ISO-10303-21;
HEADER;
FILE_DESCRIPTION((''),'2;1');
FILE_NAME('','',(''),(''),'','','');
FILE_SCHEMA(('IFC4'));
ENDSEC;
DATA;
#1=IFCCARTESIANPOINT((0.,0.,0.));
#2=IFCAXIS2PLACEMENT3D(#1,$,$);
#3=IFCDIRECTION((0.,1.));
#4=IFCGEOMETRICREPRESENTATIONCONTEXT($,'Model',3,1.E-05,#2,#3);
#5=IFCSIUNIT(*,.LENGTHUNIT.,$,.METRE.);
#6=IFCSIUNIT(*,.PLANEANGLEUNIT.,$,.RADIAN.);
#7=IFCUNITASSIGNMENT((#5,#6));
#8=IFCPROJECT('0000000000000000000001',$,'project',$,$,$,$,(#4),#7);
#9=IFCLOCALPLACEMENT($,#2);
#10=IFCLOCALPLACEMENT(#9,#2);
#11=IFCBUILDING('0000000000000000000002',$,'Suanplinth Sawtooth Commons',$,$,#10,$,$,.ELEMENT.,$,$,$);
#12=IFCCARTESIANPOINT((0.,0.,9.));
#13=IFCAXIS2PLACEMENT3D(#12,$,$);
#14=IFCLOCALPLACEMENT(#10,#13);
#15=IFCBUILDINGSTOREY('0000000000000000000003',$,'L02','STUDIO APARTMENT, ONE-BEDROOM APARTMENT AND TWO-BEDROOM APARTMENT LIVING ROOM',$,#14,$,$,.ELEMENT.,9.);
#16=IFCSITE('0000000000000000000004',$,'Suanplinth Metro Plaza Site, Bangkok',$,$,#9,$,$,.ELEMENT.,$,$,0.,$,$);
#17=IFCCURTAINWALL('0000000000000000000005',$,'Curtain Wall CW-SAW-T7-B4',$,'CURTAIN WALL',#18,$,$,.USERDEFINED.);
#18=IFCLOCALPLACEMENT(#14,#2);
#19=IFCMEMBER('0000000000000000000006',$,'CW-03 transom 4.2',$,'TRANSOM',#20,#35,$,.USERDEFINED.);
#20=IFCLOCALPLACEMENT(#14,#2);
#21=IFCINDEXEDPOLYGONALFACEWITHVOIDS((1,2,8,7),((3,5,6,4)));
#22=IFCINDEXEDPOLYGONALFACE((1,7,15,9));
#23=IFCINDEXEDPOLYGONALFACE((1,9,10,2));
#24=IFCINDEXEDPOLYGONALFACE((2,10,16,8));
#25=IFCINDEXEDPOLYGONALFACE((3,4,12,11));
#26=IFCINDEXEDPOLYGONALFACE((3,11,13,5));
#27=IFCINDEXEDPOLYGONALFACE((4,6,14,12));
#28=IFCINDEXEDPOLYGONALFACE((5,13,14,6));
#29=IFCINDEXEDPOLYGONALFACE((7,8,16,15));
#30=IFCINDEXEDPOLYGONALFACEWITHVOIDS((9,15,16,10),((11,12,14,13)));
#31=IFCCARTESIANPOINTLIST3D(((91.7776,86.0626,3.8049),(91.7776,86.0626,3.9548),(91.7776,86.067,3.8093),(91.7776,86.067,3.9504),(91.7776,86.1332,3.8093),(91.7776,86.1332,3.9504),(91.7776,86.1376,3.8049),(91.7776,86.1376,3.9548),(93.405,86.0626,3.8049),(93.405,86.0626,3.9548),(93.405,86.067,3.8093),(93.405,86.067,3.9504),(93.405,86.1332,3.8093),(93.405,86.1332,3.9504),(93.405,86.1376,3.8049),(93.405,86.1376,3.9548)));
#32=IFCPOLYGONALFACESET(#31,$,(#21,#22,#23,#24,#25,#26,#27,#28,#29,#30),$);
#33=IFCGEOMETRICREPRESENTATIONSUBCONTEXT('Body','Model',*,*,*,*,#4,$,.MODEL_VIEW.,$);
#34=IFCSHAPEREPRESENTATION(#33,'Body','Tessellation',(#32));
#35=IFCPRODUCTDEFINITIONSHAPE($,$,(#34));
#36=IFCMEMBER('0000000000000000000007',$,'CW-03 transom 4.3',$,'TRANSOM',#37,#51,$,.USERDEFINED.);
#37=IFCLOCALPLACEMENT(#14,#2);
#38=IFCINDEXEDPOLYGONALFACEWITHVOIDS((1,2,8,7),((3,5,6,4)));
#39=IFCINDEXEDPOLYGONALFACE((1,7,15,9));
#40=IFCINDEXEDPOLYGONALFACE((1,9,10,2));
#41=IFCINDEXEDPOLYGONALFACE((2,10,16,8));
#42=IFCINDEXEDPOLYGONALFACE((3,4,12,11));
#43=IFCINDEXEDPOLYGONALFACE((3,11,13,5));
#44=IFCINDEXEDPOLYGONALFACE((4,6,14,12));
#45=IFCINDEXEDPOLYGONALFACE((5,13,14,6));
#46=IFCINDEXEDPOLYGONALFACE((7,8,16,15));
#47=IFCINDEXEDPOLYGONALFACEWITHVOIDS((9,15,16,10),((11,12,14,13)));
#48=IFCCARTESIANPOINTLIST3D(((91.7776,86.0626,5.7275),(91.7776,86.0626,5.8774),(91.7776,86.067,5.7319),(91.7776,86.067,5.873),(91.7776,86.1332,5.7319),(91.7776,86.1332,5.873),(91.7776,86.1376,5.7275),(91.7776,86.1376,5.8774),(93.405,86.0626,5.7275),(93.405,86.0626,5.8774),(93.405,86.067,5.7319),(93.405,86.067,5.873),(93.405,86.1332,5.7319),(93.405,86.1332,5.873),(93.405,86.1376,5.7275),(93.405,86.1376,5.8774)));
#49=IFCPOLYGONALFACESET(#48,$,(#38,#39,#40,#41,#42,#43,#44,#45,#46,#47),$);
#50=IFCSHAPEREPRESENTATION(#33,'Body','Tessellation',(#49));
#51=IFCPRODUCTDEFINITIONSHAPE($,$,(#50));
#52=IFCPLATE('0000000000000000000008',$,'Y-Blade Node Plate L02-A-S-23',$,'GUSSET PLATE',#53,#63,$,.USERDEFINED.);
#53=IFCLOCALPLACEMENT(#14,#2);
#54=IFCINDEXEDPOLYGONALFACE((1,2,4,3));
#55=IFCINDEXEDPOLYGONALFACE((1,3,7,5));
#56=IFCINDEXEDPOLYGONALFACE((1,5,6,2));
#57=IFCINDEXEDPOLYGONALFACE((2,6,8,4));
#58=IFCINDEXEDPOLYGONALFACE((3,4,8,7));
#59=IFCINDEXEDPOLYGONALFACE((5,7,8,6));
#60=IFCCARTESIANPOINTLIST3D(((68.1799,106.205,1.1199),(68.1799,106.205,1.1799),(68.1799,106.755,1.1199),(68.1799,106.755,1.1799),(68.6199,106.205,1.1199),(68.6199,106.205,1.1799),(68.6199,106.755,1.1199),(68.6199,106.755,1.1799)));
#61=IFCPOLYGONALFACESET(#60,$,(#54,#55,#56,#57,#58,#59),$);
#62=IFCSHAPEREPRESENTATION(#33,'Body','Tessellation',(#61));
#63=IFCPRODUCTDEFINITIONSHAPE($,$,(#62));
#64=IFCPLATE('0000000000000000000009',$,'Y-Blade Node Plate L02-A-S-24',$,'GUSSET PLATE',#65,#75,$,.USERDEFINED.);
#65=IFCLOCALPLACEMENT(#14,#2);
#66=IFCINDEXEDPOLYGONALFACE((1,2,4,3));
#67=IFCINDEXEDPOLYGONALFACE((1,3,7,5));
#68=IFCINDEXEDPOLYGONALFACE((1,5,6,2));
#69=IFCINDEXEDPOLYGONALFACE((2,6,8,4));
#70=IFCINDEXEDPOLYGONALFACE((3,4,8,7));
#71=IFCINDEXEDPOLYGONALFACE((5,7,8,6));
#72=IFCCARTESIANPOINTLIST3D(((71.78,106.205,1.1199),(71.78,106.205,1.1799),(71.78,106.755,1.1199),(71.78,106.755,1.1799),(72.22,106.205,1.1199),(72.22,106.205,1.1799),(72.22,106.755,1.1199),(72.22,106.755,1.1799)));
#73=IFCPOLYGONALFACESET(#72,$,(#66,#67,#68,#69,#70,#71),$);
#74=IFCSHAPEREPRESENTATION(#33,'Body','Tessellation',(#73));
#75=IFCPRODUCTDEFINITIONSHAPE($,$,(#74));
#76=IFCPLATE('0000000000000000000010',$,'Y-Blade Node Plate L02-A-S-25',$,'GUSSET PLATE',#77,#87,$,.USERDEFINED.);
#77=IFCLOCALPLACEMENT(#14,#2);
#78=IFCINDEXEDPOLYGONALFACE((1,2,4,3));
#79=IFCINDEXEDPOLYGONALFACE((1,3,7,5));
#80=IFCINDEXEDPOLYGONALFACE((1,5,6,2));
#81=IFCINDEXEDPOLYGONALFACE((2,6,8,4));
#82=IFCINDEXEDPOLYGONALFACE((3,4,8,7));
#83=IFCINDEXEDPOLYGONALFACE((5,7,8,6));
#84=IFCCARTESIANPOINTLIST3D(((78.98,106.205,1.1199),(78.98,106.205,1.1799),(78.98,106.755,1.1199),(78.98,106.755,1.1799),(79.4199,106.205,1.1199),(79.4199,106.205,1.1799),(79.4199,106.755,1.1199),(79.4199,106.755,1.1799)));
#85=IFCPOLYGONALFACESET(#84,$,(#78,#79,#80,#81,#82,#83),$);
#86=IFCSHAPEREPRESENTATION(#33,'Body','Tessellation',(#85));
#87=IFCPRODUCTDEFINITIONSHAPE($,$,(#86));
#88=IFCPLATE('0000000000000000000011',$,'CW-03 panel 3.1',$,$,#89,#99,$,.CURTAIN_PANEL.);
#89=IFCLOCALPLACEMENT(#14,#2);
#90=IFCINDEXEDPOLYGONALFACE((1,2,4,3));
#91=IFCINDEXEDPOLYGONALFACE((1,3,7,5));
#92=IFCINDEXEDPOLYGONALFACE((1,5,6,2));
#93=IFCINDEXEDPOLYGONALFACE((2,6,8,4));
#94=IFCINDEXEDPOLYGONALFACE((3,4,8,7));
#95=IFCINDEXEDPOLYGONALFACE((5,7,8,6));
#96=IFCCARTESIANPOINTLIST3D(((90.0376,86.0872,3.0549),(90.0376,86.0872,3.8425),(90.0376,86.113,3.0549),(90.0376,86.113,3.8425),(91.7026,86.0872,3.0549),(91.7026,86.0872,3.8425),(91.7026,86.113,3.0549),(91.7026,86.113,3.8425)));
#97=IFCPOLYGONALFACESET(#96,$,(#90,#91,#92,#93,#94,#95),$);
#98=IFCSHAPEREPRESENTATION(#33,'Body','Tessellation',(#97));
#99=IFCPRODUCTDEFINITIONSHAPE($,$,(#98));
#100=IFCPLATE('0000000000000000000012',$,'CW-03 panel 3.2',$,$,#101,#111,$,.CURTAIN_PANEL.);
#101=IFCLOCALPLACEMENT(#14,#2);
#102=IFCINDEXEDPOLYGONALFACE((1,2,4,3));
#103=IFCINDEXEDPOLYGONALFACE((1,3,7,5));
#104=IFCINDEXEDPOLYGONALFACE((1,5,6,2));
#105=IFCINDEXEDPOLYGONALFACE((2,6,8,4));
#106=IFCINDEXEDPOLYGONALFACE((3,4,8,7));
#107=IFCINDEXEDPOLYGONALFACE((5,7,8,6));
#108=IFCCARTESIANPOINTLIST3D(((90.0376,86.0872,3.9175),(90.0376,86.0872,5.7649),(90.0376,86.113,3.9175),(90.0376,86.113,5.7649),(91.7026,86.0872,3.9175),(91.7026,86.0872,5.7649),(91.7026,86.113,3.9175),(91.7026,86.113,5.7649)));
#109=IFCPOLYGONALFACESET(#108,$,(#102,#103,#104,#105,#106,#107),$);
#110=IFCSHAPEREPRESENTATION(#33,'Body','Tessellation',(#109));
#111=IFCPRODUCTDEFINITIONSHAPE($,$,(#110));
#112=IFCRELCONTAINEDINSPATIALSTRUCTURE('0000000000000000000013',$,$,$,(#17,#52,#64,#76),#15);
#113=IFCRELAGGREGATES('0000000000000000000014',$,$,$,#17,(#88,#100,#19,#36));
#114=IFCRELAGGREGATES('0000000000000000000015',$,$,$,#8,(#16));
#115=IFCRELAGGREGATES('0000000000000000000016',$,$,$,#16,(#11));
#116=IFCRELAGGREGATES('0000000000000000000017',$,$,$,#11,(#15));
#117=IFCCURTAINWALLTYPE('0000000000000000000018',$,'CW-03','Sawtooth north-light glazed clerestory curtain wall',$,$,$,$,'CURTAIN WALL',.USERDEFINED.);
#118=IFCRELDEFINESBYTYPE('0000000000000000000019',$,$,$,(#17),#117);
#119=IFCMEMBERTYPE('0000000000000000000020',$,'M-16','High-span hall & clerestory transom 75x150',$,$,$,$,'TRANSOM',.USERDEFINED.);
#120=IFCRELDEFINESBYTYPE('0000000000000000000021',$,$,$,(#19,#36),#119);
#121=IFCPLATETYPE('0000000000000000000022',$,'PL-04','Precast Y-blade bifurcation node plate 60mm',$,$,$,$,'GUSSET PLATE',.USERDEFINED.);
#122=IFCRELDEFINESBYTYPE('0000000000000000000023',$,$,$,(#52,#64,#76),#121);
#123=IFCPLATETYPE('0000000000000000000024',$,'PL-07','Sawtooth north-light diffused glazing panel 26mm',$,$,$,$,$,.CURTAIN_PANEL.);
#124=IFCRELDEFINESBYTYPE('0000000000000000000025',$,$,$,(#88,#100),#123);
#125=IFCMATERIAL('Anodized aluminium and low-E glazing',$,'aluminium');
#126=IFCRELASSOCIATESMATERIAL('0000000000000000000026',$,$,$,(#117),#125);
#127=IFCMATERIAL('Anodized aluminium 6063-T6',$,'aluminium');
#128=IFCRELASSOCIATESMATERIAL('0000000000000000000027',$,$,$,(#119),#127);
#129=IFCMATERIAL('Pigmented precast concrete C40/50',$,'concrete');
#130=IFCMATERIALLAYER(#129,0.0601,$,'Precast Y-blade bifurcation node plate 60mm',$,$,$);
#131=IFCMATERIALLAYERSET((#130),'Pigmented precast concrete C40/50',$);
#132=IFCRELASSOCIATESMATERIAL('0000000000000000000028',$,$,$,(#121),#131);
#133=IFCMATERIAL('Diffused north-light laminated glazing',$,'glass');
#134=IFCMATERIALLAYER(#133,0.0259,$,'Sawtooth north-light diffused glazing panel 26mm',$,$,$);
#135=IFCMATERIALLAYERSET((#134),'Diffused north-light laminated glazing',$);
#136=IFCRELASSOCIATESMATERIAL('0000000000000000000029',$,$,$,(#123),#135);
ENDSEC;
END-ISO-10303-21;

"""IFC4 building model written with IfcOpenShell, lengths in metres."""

from ifc_helpers import new_model, si_unit, direction, frame, origin, origin_2d, place, context, subcontext, project, spatial, rectangle, hollow_rectangle, extrude, material, layer, layer_set, material_profile, profile_set, type_object, element, aggregate, save


model = new_model("IFC4")

# Units and contexts
model_context = context("Model", 3, precision=1e-05, world=origin(), true_north=direction((0.0, 1.0)))
body_context = subcontext(model_context, "Body", "Model", "MODEL_VIEW")
ifc_project = project(units=[si_unit("LENGTHUNIT", "METRE"), si_unit("PLANEANGLEUNIT", "RADIAN")], contexts=[model_context])

# Site, building, storey
site_placement = place(None, origin())
site = spatial("IfcSite", under=ifc_project, at=site_placement, Name="Suanplinth Metro Plaza Site, Bangkok", CompositionType="ELEMENT", RefElevation=0.0)
building_placement = place(site_placement, origin())
building = spatial("IfcBuilding", under=site, at=building_placement, Name="Suanplinth Sawtooth Commons", CompositionType="ELEMENT")
storey_placement = place(building_placement, frame((0.0, 0.0, 9.0)))
storey = spatial("IfcBuildingStorey", under=building, at=storey_placement, Name="L02", Description="STUDIO APARTMENT, ONE-BEDROOM APARTMENT AND TWO-BEDROOM APARTMENT LIVING ROOM", CompositionType="ELEMENT", Elevation=9.0)

# Shared definitions
ifc_material_1 = material(Name="Pigmented precast concrete C40/50", Category="concrete")

# Curtain wall, members
ifc_material_2 = material(Name="Anodized aluminium and low-E glazing", Category="aluminium")
curtain_wall_type = type_object("IfcCurtainWallType", Name="CW-03", Description="Sawtooth north-light glazed clerestory curtain wall", ElementType="CURTAIN WALL", PredefinedType="USERDEFINED", material=ifc_material_2)
curtain_wall_placement = place(storey_placement, origin())
curtain_wall = element("IfcCurtainWall", 1, at=curtain_wall_placement, inside=storey, type_object=curtain_wall_type, Name="Curtain Wall CW-SAW-T7-B4", ObjectType="CURTAIN WALL", PredefinedType="USERDEFINED")
ifc_material_3 = material(Name="Anodized aluminium 6063-T6", Category="aluminium")
ifc_material_profile_1 = material_profile(ifc_material_3, hollow_rectangle(XDim=0.075, YDim=0.1499, WallThickness=0.0044, at=origin_2d()), Name="ALU-TRN 75x150")
ifc_profile_set_1 = profile_set([ifc_material_profile_1], Name="Anodized aluminium 6063-T6")
member_type_1 = type_object("IfcMemberType", Name="M-16", Description="High-span hall & clerestory transom 75x150", ElementType="TRANSOM", PredefinedType="USERDEFINED", material=ifc_profile_set_1)
member_1_placement = place(storey_placement, frame((91.7776, 86.1001, 3.8799), z_axis=(1.0, 0.0, 0.0), x_axis=(0.0, 1.0, 0.0)))
member_1 = element("IfcMember", 2, at=member_1_placement, type_object=member_type_1, Name="CW-03 transom 4.2", ObjectType="TRANSOM", PredefinedType="USERDEFINED", context=body_context, shape_type="SweptSolid", body=[
    extrude(hollow_rectangle(XDim=0.075, YDim=0.1499, WallThickness=0.0044, at=origin_2d()), origin(), (0.0, 0.0, 1.0), 1.6274),
])
member_2_placement = place(storey_placement, frame((91.7776, 86.1001, 5.8025), z_axis=(1.0, 0.0, 0.0), x_axis=(0.0, 1.0, 0.0)))
member_2 = element("IfcMember", 3, at=member_2_placement, type_object=member_type_1, Name="CW-03 transom 4.3", ObjectType="TRANSOM", PredefinedType="USERDEFINED", context=body_context, shape_type="SweptSolid", body=[
    extrude(hollow_rectangle(XDim=0.075, YDim=0.1499, WallThickness=0.0044, at=origin_2d()), origin(), (0.0, 0.0, 1.0), 1.6274),
])

# Plates
ifc_layer_1 = layer(ifc_material_1, 0.0601, Name="Precast Y-blade bifurcation node plate 60mm")
ifc_layer_set_1 = layer_set([ifc_layer_1], Name="Pigmented precast concrete C40/50")
plate_type_1 = type_object("IfcPlateType", Name="PL-04", Description="Precast Y-blade bifurcation node plate 60mm", ElementType="GUSSET PLATE", PredefinedType="USERDEFINED", material=ifc_layer_set_1)
for number, where, z_axis, x_axis, name in (
    (4, (68.3999, 106.48, 1.1199), (0.0, 0.0, 1.0), (1.0, 0.0, 0.0), "Y-Blade Node Plate L02-A-S-23"),
    (5, (72.0, 106.48, 1.1199), (0.0, 0.0, 1.0), (1.0, 0.0, 0.0), "Y-Blade Node Plate L02-A-S-24"),
    (6, (79.2, 106.48, 1.1199), (0.0, 0.0, 1.0), (1.0, 0.0, 0.0), "Y-Blade Node Plate L02-A-S-25"),
):
    element("IfcPlate", number, at=place(storey_placement, frame(where, z_axis=z_axis, x_axis=x_axis)), inside=storey, type_object=plate_type_1, Name=name, ObjectType="GUSSET PLATE", PredefinedType="USERDEFINED", context=body_context, shape_type="SweptSolid", body=[
        extrude(rectangle(XDim=0.4399, YDim=0.55, at=origin_2d()), origin(), (0.0, 0.0, 1.0), 0.0601),
    ])

# Plates
ifc_material_4 = material(Name="Diffused north-light laminated glazing", Category="glass")
ifc_layer_2 = layer(ifc_material_4, 0.0259, Name="Sawtooth north-light diffused glazing panel 26mm")
ifc_layer_set_2 = layer_set([ifc_layer_2], Name="Diffused north-light laminated glazing")
plate_type_2 = type_object("IfcPlateType", Name="PL-07", Description="Sawtooth north-light diffused glazing panel 26mm", PredefinedType="CURTAIN_PANEL", material=ifc_layer_set_2)
plate_1_placement = place(storey_placement, frame((90.8701, 86.1001, 3.0549), z_axis=(0.0, 0.0, 1.0), x_axis=(1.0, 0.0, 0.0)))
plate_1 = element("IfcPlate", 7, at=plate_1_placement, type_object=plate_type_2, Name="CW-03 panel 3.1", PredefinedType="CURTAIN_PANEL", context=body_context, shape_type="SweptSolid", body=[
    extrude(rectangle(XDim=1.665, YDim=0.0259, at=origin_2d()), origin(), (0.0, 0.0, 1.0), 0.7876),
])
plate_2_placement = place(storey_placement, frame((90.8701, 86.1001, 3.9175), z_axis=(0.0, 0.0, 1.0), x_axis=(1.0, 0.0, 0.0)))
plate_2 = element("IfcPlate", 8, at=plate_2_placement, type_object=plate_type_2, Name="CW-03 panel 3.2", PredefinedType="CURTAIN_PANEL", context=body_context, shape_type="SweptSolid", body=[
    extrude(rectangle(XDim=1.665, YDim=0.0259, at=origin_2d()), origin(), (0.0, 0.0, 1.0), 1.8474),
])
aggregate(curtain_wall, [plate_1, plate_2, member_1, member_2])

save(model, "model.ifc")
